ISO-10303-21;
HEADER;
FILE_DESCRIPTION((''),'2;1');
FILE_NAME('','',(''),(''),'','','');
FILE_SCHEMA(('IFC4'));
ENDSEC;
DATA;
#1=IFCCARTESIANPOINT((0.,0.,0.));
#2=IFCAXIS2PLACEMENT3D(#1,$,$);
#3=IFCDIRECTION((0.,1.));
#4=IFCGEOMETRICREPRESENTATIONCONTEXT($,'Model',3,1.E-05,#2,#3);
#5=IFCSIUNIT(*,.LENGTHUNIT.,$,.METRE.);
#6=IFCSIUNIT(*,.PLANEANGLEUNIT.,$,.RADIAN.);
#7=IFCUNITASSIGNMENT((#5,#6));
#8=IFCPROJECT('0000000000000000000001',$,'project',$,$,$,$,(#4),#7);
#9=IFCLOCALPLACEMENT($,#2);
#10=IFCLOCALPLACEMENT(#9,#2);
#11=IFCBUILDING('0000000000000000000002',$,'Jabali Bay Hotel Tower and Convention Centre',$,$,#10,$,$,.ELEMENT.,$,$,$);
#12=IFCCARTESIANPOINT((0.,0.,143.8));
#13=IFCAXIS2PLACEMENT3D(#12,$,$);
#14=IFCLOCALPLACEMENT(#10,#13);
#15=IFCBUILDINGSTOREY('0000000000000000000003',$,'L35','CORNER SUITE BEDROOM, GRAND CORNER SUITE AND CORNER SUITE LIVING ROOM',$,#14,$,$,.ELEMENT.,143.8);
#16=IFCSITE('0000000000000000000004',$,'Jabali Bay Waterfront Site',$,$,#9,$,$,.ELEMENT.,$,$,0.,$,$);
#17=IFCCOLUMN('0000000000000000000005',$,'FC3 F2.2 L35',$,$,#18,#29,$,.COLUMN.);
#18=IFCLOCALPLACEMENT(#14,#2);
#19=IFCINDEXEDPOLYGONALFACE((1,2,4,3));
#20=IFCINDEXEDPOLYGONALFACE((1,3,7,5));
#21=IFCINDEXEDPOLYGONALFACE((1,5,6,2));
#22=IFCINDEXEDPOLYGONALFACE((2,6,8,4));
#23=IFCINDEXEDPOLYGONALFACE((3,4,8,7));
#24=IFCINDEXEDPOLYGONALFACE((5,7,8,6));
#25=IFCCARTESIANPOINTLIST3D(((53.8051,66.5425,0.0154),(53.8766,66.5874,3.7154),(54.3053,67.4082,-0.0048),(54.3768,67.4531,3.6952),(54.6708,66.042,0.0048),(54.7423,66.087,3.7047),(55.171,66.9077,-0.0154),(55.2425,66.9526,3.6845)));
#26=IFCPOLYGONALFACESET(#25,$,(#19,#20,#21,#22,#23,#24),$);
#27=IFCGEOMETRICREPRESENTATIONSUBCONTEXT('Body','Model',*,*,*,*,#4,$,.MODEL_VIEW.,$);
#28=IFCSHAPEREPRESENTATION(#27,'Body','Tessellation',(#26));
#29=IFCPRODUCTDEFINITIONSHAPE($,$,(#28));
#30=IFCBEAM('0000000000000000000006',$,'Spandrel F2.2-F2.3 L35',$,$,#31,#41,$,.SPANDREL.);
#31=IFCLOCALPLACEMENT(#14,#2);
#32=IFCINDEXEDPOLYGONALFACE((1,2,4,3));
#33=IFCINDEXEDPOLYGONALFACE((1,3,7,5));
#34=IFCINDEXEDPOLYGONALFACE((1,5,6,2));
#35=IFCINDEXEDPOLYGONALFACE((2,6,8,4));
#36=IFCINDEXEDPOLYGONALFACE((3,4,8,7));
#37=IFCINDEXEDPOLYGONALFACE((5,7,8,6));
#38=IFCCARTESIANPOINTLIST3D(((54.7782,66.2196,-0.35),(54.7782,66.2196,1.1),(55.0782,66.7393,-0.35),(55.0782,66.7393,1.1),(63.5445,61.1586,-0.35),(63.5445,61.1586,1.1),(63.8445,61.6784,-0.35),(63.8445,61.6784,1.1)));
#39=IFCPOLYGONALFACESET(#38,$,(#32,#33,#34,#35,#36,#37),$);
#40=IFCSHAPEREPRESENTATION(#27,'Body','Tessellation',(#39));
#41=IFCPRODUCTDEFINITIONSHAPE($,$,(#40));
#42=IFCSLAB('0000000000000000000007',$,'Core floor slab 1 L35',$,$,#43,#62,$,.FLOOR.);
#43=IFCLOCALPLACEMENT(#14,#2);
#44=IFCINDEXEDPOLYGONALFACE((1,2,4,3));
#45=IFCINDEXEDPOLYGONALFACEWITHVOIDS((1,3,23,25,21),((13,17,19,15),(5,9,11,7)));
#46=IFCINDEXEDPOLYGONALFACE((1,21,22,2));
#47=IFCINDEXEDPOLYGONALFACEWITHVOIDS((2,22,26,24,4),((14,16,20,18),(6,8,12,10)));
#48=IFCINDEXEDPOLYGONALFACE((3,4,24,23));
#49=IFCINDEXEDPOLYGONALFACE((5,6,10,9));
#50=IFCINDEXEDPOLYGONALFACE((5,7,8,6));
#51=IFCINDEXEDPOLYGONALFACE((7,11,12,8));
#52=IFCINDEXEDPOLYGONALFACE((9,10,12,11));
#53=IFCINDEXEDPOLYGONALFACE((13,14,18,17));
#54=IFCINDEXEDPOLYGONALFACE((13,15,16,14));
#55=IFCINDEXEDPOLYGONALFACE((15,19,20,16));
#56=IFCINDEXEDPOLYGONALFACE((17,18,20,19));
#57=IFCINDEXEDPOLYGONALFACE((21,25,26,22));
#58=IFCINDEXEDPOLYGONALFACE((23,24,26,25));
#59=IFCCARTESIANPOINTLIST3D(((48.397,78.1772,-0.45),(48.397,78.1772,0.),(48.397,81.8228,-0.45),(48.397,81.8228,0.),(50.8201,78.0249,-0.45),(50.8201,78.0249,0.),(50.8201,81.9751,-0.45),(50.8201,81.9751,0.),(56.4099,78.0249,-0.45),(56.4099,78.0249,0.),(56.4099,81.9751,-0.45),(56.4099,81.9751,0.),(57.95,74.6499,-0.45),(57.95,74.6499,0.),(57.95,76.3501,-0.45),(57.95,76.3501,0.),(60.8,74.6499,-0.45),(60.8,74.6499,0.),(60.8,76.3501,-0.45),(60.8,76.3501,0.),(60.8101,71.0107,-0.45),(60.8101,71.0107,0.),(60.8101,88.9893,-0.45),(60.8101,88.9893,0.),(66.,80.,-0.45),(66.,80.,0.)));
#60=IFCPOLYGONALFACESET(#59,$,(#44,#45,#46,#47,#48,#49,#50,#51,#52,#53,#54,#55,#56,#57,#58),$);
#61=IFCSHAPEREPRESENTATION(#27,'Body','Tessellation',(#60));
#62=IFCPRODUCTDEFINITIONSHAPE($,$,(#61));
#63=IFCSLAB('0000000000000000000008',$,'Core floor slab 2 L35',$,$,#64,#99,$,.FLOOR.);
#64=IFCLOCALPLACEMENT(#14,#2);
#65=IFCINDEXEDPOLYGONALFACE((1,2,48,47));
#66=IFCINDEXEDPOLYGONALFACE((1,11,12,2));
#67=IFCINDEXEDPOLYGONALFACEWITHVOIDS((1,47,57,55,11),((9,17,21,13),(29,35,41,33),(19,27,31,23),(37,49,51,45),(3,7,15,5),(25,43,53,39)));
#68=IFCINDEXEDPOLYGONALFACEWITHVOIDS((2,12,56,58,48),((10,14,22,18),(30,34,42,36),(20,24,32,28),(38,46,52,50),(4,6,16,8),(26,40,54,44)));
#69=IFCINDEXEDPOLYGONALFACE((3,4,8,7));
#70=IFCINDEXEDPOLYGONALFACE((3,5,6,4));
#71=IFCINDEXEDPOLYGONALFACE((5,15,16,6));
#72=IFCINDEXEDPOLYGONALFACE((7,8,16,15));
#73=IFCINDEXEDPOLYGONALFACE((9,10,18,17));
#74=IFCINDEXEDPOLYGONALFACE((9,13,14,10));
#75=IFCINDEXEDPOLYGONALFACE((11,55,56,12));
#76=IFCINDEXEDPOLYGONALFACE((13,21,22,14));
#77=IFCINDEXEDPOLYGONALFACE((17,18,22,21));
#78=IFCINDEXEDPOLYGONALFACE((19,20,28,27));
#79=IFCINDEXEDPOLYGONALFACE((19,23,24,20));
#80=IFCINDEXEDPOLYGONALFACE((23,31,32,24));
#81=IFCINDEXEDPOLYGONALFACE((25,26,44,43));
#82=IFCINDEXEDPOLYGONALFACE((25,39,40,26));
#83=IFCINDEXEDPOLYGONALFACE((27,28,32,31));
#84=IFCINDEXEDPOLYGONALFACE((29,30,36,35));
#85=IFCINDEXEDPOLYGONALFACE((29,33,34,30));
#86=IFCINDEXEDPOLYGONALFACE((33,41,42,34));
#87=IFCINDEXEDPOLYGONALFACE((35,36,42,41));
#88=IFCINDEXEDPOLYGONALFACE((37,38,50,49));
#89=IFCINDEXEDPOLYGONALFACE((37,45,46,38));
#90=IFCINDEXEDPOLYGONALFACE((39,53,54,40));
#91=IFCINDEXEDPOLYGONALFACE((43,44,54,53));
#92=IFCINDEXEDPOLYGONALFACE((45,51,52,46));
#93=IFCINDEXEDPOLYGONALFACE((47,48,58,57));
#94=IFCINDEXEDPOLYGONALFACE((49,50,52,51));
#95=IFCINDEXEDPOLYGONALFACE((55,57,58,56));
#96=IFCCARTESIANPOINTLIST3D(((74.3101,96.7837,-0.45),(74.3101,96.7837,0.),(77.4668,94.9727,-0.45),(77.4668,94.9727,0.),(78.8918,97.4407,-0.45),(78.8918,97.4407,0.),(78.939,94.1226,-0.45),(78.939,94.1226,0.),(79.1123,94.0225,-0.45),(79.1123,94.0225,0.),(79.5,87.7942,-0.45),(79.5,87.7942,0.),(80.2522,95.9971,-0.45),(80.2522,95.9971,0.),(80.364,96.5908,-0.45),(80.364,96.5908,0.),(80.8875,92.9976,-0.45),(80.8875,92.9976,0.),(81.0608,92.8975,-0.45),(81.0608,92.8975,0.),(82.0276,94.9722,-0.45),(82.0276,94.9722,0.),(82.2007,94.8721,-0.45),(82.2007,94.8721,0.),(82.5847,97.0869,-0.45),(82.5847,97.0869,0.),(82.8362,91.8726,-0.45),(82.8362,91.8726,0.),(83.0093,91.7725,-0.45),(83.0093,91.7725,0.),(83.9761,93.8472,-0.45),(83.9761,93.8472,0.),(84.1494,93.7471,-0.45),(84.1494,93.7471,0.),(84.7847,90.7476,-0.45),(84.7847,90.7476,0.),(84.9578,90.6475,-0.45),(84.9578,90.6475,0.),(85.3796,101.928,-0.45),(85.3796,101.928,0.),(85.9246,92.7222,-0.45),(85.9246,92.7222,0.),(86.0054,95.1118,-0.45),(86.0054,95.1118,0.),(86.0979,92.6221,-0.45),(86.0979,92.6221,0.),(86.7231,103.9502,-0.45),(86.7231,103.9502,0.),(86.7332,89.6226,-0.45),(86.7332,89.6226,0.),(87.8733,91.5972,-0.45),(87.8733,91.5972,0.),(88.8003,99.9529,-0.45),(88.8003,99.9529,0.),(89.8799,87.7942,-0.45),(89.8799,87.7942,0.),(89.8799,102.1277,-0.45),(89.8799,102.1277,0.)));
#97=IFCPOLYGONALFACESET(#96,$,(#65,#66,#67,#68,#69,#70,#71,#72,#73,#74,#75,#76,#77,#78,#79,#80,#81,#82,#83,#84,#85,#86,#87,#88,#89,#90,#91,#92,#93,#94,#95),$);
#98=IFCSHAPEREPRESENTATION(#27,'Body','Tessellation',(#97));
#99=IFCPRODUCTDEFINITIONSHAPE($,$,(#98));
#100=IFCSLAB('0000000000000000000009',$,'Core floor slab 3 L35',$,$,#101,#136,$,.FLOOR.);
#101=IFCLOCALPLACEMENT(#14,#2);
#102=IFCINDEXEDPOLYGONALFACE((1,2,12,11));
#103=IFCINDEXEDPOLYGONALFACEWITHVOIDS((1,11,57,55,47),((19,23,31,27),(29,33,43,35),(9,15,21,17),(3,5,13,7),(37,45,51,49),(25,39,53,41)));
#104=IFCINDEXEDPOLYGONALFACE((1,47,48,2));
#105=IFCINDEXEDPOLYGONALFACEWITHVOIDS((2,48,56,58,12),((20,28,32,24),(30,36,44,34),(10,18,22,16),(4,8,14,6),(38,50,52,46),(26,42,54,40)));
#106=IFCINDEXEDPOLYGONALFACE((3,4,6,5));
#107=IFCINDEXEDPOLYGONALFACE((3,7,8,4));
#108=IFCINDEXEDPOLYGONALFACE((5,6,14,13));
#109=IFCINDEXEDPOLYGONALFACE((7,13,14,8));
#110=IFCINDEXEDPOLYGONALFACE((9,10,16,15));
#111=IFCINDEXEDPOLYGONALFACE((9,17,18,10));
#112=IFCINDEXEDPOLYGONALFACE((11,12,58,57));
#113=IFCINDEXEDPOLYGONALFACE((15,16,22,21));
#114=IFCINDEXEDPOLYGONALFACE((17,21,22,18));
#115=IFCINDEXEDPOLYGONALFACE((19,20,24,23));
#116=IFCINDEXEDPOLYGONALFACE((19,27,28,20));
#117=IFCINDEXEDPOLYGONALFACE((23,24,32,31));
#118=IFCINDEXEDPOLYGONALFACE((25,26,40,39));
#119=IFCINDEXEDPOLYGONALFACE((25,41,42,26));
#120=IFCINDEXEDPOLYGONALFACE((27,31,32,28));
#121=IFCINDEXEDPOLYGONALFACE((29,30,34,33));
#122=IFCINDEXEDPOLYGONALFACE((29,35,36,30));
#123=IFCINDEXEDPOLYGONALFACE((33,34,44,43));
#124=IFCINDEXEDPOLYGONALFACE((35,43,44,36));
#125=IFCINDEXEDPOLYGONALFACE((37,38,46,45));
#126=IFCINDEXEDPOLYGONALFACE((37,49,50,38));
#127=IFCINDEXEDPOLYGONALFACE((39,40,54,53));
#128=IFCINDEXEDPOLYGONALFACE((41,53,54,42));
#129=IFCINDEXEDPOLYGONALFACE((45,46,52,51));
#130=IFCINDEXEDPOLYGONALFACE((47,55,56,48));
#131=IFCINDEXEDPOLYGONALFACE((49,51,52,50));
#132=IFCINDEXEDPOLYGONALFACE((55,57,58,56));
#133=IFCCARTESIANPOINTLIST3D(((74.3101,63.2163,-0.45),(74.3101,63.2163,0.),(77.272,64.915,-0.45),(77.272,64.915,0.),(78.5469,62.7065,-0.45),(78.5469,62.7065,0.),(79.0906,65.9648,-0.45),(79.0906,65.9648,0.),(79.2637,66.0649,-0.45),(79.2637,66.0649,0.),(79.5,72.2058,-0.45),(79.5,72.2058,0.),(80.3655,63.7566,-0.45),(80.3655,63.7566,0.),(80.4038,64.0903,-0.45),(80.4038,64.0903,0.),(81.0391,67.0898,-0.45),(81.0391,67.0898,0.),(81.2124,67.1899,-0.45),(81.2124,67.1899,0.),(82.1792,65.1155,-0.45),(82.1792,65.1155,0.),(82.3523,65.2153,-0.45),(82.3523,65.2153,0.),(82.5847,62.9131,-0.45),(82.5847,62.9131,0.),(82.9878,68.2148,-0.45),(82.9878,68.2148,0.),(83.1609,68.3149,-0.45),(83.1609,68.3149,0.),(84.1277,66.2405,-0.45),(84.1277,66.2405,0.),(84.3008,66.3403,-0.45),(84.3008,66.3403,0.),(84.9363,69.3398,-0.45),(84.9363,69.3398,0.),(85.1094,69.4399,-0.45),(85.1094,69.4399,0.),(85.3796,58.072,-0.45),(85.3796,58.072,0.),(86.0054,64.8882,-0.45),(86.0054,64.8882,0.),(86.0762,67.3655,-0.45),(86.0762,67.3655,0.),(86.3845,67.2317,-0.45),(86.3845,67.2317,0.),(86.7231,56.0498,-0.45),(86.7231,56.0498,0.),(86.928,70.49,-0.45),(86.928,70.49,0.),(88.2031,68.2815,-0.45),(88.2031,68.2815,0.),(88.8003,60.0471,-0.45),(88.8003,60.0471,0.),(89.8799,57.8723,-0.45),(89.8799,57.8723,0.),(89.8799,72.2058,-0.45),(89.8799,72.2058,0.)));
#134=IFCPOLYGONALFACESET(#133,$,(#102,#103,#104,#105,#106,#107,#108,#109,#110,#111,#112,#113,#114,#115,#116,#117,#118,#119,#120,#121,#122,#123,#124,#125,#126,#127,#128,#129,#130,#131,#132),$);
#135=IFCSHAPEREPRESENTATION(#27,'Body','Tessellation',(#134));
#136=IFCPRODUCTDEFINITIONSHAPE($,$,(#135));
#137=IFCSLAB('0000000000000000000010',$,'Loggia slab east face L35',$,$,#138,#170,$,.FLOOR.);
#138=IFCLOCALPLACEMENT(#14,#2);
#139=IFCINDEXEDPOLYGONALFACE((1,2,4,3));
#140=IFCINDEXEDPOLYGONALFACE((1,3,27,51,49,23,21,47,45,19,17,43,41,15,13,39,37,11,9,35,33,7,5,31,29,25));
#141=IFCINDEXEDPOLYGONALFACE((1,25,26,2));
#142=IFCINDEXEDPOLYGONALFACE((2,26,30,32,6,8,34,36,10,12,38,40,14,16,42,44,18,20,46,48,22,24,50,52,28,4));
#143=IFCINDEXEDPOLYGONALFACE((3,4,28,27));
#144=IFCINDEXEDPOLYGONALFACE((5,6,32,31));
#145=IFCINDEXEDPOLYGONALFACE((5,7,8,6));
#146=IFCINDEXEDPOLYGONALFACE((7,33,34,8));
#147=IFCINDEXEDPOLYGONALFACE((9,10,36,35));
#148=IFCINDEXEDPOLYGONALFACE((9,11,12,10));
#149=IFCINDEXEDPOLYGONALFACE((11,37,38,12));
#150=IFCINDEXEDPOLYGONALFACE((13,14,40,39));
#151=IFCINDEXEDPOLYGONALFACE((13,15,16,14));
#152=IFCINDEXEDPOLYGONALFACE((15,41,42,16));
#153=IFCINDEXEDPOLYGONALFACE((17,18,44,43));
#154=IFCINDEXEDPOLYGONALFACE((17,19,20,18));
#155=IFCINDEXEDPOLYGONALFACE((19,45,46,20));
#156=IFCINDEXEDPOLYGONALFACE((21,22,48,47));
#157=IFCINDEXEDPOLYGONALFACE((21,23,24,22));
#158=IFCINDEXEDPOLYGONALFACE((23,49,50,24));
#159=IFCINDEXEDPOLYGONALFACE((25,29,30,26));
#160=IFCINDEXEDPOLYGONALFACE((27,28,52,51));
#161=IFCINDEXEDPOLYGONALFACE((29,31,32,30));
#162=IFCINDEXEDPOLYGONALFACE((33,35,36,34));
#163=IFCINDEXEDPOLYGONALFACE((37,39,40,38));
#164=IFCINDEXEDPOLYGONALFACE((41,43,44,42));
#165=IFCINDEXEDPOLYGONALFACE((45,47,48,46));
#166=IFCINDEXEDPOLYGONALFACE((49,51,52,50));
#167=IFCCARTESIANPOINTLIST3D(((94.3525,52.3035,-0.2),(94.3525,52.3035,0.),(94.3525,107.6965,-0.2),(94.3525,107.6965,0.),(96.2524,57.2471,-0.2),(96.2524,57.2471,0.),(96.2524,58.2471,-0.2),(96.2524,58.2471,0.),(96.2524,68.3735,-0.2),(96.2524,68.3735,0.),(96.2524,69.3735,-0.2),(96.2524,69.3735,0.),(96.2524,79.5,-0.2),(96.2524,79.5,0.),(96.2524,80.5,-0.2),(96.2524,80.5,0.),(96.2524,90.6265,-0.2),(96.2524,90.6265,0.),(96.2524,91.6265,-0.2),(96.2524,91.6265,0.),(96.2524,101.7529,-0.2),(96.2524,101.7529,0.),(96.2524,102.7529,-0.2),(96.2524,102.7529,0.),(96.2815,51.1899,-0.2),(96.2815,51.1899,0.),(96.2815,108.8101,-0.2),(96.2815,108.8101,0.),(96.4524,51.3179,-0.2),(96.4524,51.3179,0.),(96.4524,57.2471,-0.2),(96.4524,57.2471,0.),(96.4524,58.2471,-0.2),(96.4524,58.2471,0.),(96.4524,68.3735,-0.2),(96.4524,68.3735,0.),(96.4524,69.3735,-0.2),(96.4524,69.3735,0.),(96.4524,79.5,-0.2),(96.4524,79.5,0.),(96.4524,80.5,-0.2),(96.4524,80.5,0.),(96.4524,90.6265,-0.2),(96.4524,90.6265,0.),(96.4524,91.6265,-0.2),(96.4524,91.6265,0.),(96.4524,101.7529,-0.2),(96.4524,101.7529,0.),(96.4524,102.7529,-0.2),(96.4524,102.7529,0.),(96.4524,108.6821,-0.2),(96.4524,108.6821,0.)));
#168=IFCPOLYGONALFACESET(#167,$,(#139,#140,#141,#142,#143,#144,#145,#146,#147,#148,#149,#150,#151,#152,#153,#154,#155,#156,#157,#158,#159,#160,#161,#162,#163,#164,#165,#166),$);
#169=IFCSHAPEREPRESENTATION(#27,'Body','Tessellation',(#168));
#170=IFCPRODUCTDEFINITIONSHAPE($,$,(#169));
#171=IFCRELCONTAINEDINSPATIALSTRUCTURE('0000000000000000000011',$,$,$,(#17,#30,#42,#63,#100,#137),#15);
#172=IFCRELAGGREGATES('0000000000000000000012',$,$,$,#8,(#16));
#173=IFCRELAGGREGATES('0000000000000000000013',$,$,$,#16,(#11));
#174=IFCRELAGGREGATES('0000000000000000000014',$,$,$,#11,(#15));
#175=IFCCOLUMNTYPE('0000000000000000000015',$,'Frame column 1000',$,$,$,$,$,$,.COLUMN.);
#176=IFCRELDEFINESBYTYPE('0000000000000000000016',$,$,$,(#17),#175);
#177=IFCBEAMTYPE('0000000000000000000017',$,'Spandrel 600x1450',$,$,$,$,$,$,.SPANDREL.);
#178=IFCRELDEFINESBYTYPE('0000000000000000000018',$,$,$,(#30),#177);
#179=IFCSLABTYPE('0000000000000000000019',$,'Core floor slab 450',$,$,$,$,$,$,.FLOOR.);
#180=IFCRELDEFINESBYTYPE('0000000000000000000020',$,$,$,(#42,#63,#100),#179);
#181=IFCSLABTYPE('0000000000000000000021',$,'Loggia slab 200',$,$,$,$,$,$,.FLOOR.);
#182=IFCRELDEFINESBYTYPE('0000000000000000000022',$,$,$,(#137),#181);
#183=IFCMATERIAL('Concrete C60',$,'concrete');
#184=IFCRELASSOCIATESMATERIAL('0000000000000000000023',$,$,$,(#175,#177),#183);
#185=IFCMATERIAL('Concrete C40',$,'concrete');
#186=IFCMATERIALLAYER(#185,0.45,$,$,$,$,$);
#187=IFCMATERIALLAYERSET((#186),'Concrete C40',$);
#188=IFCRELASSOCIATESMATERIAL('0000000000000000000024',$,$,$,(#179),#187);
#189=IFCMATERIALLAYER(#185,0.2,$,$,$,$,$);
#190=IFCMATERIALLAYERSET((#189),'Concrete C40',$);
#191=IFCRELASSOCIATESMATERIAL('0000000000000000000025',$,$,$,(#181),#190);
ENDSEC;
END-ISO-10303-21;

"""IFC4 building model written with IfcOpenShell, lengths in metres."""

from ifc_helpers import new_model, si_unit, direction, frame, origin, origin_2d, place, context, subcontext, project, spatial, polyline, rectangle, outline, extrude, material, layer, layer_set, material_profile, profile_set, type_object, element, save


model = new_model("IFC4")

# Units and contexts
model_context = context("Model", 3, precision=1e-05, world=origin(), true_north=direction((0.0, 1.0)))
body_context = subcontext(model_context, "Body", "Model", "MODEL_VIEW")
ifc_project = project(units=[si_unit("LENGTHUNIT", "METRE"), si_unit("PLANEANGLEUNIT", "RADIAN")], contexts=[model_context])

# Site, building, storey
site_placement = place(None, origin())
site = spatial("IfcSite", under=ifc_project, at=site_placement, Name="Jabali Bay Waterfront Site", CompositionType="ELEMENT", RefElevation=0.0)
building_placement = place(site_placement, origin())
building = spatial("IfcBuilding", under=site, at=building_placement, Name="Jabali Bay Hotel Tower and Convention Centre", CompositionType="ELEMENT")
storey_placement = place(building_placement, frame((0.0, 0.0, 143.8)))
storey = spatial("IfcBuildingStorey", under=building, at=storey_placement, Name="L35", Description="CORNER SUITE BEDROOM, GRAND CORNER SUITE AND CORNER SUITE LIVING ROOM", CompositionType="ELEMENT", Elevation=143.8)

# Column
ifc_material_1 = material(Name="Concrete C60", Category="concrete")
ifc_material_profile_1 = material_profile(ifc_material_1, rectangle(XDim=1.0, YDim=1.0, at=origin_2d()), Name="Frame column 1000")
ifc_profile_set_1 = profile_set([ifc_material_profile_1], Name="Concrete C60")
column_type = type_object("IfcColumnType", Name="Frame column 1000", PredefinedType="COLUMN", material=ifc_profile_set_1)
column_placement = place(storey_placement, frame((54.488, 66.7251, 0.0), z_axis=(0.019329, 0.012138, 0.99974), x_axis=(-0.865691, 0.500465, 0.010661)))
element("IfcColumn", 1, at=column_placement, inside=storey, type_object=column_type, Name="FC3 F2.2 L35", PredefinedType="COLUMN", context=body_context, shape_type="SweptSolid", body=[
    extrude(rectangle(XDim=1.0, YDim=1.0, at=origin_2d()), origin(), (0.0, 0.0, 1.0), 3.7009),
])

# Beam
ifc_material_profile_2 = material_profile(ifc_material_1, rectangle(XDim=0.6001, YDim=1.45, at=origin_2d()), Name="Spandrel 600x1450")
ifc_profile_set_2 = profile_set([ifc_material_profile_2], Name="Concrete C60")
beam_type = type_object("IfcBeamType", Name="Spandrel 600x1450", PredefinedType="SPANDREL", material=ifc_profile_set_2)
beam_placement = place(storey_placement, frame((54.9282, 66.4795, 0.375), z_axis=(0.866035, -0.499983, 0.0), x_axis=(0.499983, 0.866035, 0.0)))
element("IfcBeam", 2, at=beam_placement, inside=storey, type_object=beam_type, Name="Spandrel F2.2-F2.3 L35", PredefinedType="SPANDREL", context=body_context, shape_type="SweptSolid", body=[
    extrude(rectangle(XDim=0.6001, YDim=1.45, at=origin_2d()), origin(), (0.0, 0.0, 1.0), 10.1223),
])

# Slabs
ifc_material_2 = material(Name="Concrete C40", Category="concrete")
ifc_layer_1 = layer(ifc_material_2, 0.45)
ifc_layer_set_1 = layer_set([ifc_layer_1], Name="Concrete C40")
slab_type_1 = type_object("IfcSlabType", Name="Core floor slab 450", PredefinedType="FLOOR", material=ifc_layer_set_1)
slab_1_placement = place(storey_placement, frame((0.0, 0.0, -0.45)))
element("IfcSlab", 3, at=slab_1_placement, inside=storey, type_object=slab_type_1, Name="Core floor slab 1 L35", PredefinedType="FLOOR", context=body_context, shape_type="SweptSolid", body=[
    extrude(outline(polyline([(66.0, 80.0), (60.8101, 88.9893), (48.397, 81.8228), (48.397, 78.1772), (60.8101, 71.0107), (66.0, 80.0)]), holes=[polyline([(60.8, 76.3501), (57.95, 76.3501), (57.95, 74.6499), (60.8, 74.6499), (60.8, 76.3501)]), polyline([(50.8201, 81.9751), (50.8201, 78.0249), (56.4099, 78.0249), (56.4099, 81.9751), (50.8201, 81.9751)])]), origin(), (0.0, 0.0, 1.0), 0.45),
])
slab_2_placement = place(storey_placement, frame((0.0, 0.0, -0.45)))
element("IfcSlab", 4, at=slab_2_placement, inside=storey, type_object=slab_type_1, Name="Core floor slab 2 L35", PredefinedType="FLOOR", context=body_context, shape_type="SweptSolid", body=[
    extrude(outline(polyline([(79.5, 87.7942), (89.8799, 87.7942), (89.8799, 102.1277), (86.7231, 103.9502), (74.3101, 96.7837), (79.5, 87.7942)]), holes=[polyline([(84.9578, 90.6475), (86.7332, 89.6226), (87.8733, 91.5972), (86.0979, 92.6221), (84.9578, 90.6475)]), polyline([(84.1494, 93.7471), (83.0093, 91.7725), (84.7847, 90.7476), (85.9246, 92.7222), (84.1494, 93.7471)]), polyline([(82.2007, 94.8721), (81.0608, 92.8975), (82.8362, 91.8726), (83.9761, 93.8472), (82.2007, 94.8721)]), polyline([(79.1123, 94.0225), (80.8875, 92.9976), (82.0276, 94.9722), (80.2522, 95.9971), (79.1123, 94.0225)]), polyline([(78.8918, 97.4407), (77.4668, 94.9727), (78.939, 94.1226), (80.364, 96.5908), (78.8918, 97.4407)]), polyline([(82.5847, 97.0869), (86.0054, 95.1118), (88.8003, 99.9529), (85.3796, 101.928), (82.5847, 97.0869)])]), origin(), (0.0, 0.0, 1.0), 0.45),
])
slab_3_placement = place(storey_placement, frame((0.0, 0.0, -0.45)))
element("IfcSlab", 5, at=slab_3_placement, inside=storey, type_object=slab_type_1, Name="Core floor slab 3 L35", PredefinedType="FLOOR", context=body_context, shape_type="SweptSolid", body=[
    extrude(outline(polyline([(79.5, 72.2058), (74.3101, 63.2163), (86.7231, 56.0498), (89.8799, 57.8723), (89.8799, 72.2058), (79.5, 72.2058)]), holes=[polyline([(82.5847, 62.9131), (85.3796, 58.072), (88.8003, 60.0471), (86.0054, 64.8882), (82.5847, 62.9131)]), polyline([(80.3655, 63.7566), (79.0906, 65.9648), (77.272, 64.915), (78.5469, 62.7065), (80.3655, 63.7566)]), polyline([(82.1792, 65.1155), (81.0391, 67.0898), (79.2637, 66.0649), (80.4038, 64.0903), (82.1792, 65.1155)]), polyline([(82.9878, 68.2148), (81.2124, 67.1899), (82.3523, 65.2153), (84.1277, 66.2405), (82.9878, 68.2148)]), polyline([(86.0762, 67.3655), (84.9363, 69.3398), (83.1609, 68.3149), (84.3008, 66.3403), (86.0762, 67.3655)]), polyline([(88.2031, 68.2815), (86.928, 70.49), (85.1094, 69.4399), (86.3845, 67.2317), (88.2031, 68.2815)])]), origin(), (0.0, 0.0, 1.0), 0.45),
])
ifc_layer_2 = layer(ifc_material_2, 0.2)
ifc_layer_set_2 = layer_set([ifc_layer_2], Name="Concrete C40")
slab_type_2 = type_object("IfcSlabType", Name="Loggia slab 200", PredefinedType="FLOOR", material=ifc_layer_set_2)
slab_4_placement = place(storey_placement, frame((0.0, 0.0, -0.2)))
element("IfcSlab", 6, at=slab_4_placement, inside=storey, type_object=slab_type_2, Name="Loggia slab east face L35", PredefinedType="FLOOR", context=body_context, shape_type="SweptSolid", body=[
    extrude(outline(polyline([(94.3525, 107.6965), (96.2815, 108.8101), (96.4524, 108.6821), (96.4524, 102.7529), (96.2524, 102.7529), (96.2524, 101.7529), (96.4524, 101.7529), (96.4524, 91.6265), (96.2524, 91.6265), (96.2524, 90.6265), (96.4524, 90.6265), (96.4524, 80.5), (96.2524, 80.5), (96.2524, 79.5), (96.4524, 79.5), (96.4524, 69.3735), (96.2524, 69.3735), (96.2524, 68.3735), (96.4524, 68.3735), (96.4524, 58.2471), (96.2524, 58.2471), (96.2524, 57.2471), (96.4524, 57.2471), (96.4524, 51.3179), (96.2815, 51.1899), (94.3525, 52.3035), (94.3525, 107.6965)])), origin(), (0.0, 0.0, 1.0), 0.2),
])

save(model, "model.ifc")
